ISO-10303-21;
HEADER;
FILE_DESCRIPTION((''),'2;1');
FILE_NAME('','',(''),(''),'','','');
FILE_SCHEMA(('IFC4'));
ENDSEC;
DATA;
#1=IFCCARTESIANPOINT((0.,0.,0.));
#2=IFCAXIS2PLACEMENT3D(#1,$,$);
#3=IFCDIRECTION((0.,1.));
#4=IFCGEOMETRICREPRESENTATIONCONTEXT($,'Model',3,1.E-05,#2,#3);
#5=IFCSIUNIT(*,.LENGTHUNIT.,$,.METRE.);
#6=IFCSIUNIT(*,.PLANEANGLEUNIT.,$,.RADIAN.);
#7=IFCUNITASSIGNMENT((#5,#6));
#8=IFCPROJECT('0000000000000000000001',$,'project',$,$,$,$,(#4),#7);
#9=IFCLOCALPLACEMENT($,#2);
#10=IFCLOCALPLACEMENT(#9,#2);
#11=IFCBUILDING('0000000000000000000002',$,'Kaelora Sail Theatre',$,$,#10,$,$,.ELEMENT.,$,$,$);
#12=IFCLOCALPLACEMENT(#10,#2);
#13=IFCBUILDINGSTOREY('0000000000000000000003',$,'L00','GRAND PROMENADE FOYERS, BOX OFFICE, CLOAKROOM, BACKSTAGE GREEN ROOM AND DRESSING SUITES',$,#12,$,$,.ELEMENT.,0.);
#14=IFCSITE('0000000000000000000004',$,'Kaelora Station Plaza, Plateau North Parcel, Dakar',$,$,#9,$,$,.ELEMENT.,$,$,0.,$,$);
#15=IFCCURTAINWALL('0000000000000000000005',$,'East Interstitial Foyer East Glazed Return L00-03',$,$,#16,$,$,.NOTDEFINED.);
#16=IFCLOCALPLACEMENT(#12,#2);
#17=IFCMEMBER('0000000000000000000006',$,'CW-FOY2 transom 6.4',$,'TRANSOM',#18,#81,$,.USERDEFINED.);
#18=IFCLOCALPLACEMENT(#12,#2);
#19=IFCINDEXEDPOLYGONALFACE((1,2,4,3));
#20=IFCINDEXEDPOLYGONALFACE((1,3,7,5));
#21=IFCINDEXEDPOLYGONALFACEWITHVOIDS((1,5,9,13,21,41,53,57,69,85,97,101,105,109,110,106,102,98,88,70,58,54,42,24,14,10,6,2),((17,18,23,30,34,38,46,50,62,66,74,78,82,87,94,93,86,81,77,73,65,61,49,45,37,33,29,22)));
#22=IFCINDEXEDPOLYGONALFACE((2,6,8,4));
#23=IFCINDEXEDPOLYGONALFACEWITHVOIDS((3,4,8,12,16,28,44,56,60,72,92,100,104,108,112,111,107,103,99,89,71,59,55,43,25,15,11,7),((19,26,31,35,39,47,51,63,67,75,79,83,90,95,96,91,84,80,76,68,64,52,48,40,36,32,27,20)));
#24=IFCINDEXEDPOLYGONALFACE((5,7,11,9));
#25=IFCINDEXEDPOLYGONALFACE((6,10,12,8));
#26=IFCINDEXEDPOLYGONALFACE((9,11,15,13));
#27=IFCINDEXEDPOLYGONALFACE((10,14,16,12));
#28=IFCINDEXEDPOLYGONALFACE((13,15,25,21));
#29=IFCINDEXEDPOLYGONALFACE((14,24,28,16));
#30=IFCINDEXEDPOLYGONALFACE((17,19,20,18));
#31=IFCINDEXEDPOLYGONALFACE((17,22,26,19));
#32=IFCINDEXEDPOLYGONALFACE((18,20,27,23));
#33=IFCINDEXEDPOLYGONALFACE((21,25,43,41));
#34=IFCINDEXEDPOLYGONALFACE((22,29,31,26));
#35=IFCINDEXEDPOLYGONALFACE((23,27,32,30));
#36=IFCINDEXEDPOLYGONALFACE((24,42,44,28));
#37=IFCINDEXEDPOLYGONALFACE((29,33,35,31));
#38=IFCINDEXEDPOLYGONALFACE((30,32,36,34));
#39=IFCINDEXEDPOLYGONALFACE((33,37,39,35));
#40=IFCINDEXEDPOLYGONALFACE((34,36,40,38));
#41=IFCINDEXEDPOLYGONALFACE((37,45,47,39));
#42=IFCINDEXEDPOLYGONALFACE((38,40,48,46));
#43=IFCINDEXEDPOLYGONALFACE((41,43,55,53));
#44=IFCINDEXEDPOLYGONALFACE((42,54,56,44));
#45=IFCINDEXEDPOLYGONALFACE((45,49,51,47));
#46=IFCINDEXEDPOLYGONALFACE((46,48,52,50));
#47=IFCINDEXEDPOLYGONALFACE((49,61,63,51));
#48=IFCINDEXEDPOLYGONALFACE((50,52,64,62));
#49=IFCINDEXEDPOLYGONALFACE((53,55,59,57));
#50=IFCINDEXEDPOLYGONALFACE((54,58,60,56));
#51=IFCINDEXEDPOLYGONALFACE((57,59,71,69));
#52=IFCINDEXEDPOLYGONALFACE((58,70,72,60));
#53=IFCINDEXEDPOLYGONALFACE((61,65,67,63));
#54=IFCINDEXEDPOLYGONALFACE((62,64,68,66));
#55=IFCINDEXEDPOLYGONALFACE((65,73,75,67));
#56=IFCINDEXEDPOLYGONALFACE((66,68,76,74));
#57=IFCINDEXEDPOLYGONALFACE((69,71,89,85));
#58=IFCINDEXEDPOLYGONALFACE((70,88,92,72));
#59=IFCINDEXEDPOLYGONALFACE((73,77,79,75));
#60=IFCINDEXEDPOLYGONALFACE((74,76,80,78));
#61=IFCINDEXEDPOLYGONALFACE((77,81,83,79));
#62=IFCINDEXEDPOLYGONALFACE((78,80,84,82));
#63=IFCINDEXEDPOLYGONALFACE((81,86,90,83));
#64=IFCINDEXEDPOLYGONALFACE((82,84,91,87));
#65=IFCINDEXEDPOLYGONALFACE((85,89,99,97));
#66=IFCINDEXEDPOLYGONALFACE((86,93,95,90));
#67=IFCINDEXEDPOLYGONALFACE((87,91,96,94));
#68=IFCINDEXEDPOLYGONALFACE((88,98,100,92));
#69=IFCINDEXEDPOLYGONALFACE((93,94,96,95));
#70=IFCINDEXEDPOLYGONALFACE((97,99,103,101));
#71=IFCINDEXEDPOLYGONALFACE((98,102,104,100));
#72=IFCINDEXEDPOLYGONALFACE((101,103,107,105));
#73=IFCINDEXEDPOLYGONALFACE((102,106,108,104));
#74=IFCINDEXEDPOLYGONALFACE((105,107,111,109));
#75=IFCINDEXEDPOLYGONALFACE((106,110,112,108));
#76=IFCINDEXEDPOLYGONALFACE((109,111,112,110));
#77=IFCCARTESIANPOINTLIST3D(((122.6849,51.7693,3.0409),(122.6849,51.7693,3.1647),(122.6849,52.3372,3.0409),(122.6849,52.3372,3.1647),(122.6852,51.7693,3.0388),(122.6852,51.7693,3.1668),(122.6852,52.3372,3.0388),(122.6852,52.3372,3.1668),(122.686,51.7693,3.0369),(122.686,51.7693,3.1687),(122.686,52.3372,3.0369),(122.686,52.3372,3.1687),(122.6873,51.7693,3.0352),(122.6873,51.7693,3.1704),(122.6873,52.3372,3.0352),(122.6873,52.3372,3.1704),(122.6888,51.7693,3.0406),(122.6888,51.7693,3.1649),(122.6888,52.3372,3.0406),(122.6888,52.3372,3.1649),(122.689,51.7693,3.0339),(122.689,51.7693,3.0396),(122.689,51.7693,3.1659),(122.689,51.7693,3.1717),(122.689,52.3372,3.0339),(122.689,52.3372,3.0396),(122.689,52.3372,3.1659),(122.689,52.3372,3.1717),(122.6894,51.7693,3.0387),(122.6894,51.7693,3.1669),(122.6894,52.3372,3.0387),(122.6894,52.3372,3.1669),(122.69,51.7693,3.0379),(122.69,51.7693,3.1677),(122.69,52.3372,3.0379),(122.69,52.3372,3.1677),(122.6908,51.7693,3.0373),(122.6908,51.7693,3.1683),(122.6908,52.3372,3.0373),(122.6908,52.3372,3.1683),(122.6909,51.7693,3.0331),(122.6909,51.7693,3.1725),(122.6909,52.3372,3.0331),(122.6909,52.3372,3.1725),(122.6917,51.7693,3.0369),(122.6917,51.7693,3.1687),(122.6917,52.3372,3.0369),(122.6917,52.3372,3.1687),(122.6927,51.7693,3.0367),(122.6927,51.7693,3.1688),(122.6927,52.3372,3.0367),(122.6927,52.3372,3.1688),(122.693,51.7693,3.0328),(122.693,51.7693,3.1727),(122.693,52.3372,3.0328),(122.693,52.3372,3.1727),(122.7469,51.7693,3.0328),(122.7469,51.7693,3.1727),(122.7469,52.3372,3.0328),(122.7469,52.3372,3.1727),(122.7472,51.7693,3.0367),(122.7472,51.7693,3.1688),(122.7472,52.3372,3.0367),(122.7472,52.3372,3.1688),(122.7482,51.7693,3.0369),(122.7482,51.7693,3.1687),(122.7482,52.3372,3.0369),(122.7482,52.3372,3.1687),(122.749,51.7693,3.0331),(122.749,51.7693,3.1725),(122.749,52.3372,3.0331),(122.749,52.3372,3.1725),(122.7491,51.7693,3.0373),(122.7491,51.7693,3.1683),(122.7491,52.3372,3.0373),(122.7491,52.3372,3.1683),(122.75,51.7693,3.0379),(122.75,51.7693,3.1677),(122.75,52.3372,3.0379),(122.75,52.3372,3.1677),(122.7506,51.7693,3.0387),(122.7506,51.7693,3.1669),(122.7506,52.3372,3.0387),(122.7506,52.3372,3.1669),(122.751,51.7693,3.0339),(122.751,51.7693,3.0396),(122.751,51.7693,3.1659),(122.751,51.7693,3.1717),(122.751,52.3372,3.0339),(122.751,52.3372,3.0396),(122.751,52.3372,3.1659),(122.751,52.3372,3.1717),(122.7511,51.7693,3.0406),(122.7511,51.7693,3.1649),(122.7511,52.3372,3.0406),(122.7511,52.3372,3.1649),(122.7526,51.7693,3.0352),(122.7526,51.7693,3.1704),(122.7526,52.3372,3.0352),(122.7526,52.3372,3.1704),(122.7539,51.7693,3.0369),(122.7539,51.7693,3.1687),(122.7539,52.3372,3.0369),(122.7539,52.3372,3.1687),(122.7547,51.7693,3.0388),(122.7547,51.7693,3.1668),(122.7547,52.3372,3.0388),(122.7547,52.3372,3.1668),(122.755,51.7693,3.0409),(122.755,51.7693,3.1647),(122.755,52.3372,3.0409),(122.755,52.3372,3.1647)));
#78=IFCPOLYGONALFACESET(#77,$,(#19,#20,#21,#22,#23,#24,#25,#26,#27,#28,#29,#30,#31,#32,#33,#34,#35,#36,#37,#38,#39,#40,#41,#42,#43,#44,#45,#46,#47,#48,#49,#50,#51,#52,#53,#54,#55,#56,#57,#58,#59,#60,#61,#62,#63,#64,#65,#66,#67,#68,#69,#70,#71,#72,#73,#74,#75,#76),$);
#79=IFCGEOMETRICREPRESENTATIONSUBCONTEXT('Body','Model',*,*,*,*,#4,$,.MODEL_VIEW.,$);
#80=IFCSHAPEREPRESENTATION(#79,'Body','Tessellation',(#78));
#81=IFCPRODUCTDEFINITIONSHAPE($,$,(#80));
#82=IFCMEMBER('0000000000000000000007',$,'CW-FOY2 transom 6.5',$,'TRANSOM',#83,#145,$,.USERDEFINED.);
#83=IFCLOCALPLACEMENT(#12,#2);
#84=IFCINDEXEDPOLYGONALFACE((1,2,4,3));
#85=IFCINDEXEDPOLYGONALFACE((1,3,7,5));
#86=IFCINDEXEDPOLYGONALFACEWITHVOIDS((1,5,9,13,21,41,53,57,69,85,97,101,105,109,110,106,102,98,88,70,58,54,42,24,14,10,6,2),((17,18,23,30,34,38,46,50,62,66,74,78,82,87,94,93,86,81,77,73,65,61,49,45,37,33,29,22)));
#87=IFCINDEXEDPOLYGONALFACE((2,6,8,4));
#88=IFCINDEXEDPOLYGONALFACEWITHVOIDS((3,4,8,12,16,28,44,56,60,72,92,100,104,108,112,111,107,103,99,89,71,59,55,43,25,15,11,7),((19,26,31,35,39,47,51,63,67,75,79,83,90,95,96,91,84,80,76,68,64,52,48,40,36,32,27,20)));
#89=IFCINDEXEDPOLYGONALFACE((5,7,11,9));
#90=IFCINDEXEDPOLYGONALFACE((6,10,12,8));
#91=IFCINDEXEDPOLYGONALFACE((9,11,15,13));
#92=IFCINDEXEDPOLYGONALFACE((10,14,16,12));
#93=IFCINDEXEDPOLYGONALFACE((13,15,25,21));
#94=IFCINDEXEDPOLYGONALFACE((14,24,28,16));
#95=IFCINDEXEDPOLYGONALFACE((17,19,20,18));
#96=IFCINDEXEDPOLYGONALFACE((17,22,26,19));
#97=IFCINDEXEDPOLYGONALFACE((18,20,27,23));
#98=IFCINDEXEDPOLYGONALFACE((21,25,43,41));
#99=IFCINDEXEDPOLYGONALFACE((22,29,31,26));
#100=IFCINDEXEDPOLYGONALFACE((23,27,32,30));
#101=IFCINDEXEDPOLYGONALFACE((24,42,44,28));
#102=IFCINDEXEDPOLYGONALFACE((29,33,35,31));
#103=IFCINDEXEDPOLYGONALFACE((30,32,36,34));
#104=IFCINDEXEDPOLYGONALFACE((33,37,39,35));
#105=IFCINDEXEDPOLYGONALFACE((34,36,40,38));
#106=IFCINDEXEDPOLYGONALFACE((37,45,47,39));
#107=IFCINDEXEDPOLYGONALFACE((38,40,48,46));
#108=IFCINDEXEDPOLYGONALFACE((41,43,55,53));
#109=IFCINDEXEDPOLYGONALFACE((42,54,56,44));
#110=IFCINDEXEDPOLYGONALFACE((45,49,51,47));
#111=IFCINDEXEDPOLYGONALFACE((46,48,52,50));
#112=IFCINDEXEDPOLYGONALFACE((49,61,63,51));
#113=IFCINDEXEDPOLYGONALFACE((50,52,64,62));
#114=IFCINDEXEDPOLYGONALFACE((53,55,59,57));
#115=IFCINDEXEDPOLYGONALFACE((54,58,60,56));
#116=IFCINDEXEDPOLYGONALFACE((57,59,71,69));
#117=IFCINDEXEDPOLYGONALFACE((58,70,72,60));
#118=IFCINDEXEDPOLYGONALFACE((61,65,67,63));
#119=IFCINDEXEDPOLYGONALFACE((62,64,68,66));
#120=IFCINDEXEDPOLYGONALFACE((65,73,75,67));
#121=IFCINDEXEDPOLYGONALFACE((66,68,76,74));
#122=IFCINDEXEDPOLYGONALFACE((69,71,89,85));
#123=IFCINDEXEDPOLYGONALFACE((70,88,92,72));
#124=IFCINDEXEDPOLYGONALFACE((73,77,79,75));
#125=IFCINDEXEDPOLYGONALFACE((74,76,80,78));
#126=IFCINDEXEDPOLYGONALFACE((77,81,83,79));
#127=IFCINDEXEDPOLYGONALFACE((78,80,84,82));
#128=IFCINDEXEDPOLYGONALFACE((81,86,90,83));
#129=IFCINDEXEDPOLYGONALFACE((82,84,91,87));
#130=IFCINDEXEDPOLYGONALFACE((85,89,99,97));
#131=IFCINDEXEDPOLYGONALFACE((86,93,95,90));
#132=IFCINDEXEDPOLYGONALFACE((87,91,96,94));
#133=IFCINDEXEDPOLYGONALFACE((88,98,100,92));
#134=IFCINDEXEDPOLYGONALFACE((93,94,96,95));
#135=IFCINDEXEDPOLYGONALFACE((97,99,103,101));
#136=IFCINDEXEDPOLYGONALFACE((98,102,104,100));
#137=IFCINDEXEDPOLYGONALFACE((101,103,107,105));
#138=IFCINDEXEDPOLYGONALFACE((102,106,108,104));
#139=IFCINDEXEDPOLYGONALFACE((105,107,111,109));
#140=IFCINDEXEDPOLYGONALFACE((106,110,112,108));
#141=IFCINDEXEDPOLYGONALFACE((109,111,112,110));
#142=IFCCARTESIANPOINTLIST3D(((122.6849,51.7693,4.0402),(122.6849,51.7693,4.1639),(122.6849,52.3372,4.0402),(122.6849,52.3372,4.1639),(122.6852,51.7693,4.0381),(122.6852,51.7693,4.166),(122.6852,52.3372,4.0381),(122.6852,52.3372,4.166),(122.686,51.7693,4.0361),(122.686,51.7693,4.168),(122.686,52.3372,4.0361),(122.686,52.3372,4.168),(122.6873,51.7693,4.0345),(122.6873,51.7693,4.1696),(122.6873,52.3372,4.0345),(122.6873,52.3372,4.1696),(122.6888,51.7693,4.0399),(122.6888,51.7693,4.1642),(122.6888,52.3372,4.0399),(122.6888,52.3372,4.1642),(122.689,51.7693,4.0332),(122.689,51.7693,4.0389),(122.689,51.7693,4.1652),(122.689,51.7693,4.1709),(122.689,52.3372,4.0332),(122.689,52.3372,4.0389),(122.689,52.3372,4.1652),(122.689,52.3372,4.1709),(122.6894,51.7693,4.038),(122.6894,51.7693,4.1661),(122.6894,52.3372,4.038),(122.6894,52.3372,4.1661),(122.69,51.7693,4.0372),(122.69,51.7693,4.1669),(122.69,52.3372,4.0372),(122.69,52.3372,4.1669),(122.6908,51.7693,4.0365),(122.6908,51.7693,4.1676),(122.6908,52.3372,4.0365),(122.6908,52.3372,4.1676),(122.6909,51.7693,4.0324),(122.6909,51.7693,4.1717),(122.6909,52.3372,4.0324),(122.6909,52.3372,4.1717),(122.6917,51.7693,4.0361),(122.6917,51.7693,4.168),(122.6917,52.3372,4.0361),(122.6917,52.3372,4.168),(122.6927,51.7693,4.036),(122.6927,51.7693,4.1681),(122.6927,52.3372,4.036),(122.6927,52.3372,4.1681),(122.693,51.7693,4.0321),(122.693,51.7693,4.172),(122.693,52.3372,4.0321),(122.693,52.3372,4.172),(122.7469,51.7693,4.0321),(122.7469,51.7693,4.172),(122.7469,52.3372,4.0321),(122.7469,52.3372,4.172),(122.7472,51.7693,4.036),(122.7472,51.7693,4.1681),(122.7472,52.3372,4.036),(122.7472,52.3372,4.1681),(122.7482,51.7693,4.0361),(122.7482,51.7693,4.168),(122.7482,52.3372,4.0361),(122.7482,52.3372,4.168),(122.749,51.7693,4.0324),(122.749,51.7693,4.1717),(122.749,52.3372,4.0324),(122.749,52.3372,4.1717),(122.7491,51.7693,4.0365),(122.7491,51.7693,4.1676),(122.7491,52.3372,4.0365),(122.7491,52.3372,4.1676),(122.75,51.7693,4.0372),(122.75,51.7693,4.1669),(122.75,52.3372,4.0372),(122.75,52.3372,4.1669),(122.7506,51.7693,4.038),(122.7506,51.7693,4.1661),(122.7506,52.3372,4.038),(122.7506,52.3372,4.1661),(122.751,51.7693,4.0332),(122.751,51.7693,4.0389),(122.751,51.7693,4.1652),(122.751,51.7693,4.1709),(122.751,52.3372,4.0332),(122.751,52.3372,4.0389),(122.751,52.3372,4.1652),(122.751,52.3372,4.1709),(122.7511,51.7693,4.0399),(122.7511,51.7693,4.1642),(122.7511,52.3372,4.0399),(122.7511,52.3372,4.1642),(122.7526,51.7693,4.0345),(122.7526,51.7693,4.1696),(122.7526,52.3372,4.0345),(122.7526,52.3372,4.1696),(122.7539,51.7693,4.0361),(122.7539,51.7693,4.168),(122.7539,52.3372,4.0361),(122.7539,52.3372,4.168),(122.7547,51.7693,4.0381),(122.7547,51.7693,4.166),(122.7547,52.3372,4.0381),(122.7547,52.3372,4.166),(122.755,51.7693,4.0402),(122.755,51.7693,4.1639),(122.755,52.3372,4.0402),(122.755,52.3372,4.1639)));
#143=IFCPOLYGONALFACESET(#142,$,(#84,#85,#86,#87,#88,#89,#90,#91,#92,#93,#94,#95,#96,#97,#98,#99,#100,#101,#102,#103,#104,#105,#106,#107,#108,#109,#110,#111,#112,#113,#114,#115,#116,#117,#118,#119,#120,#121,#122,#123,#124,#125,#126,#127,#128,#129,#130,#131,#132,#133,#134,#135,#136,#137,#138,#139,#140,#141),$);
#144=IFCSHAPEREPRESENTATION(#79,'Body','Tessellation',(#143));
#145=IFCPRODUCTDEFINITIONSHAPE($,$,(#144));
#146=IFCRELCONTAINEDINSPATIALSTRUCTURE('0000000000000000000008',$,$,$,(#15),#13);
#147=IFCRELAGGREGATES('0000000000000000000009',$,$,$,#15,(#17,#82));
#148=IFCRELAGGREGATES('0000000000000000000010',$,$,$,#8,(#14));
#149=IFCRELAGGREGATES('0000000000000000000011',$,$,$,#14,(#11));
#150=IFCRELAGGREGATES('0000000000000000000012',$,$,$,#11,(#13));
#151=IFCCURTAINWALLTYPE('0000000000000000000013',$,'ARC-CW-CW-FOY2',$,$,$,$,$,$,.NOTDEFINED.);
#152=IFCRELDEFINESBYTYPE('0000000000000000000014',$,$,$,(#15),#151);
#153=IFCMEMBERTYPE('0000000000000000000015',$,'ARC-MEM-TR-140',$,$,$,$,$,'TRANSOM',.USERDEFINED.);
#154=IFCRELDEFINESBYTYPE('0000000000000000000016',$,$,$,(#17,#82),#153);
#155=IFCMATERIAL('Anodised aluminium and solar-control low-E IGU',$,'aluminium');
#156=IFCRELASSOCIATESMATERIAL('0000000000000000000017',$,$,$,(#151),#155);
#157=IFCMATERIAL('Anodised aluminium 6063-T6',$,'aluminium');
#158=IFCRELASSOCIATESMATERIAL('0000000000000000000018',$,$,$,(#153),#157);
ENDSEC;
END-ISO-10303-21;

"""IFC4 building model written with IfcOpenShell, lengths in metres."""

from ifc_helpers import new_model, si_unit, direction, frame, origin, origin_2d, place, context, subcontext, project, spatial, hollow_rectangle, extrude, material, material_profile, profile_set, type_object, element, aggregate, save


model = new_model("IFC4")

# Units and contexts
model_context = context("Model", 3, precision=1e-05, world=origin(), true_north=direction((0.0, 1.0)))
body_context = subcontext(model_context, "Body", "Model", "MODEL_VIEW")
ifc_project = project(units=[si_unit("LENGTHUNIT", "METRE"), si_unit("PLANEANGLEUNIT", "RADIAN")], contexts=[model_context])

# Site, building, storey
site_placement = place(None, origin())
site = spatial("IfcSite", under=ifc_project, at=site_placement, Name="Kaelora Station Plaza, Plateau North Parcel, Dakar", CompositionType="ELEMENT", RefElevation=0.0)
building_placement = place(site_placement, origin())
building = spatial("IfcBuilding", under=site, at=building_placement, Name="Kaelora Sail Theatre", CompositionType="ELEMENT")
storey_placement = place(building_placement, origin())
storey = spatial("IfcBuildingStorey", under=building, at=storey_placement, Name="L00", Description="GRAND PROMENADE FOYERS, BOX OFFICE, CLOAKROOM, BACKSTAGE GREEN ROOM AND DRESSING SUITES", CompositionType="ELEMENT", Elevation=0.0)

# Curtain wall, members
ifc_material_1 = material(Name="Anodised aluminium and solar-control low-E IGU", Category="aluminium")
curtain_wall_type = type_object("IfcCurtainWallType", Name="ARC-CW-CW-FOY2", PredefinedType="NOTDEFINED", material=ifc_material_1)
curtain_wall_placement = place(storey_placement, origin())
curtain_wall = element("IfcCurtainWall", 1, at=curtain_wall_placement, inside=storey, type_object=curtain_wall_type, Name="East Interstitial Foyer East Glazed Return L00-03", PredefinedType="NOTDEFINED")
ifc_material_2 = material(Name="Anodised aluminium 6063-T6", Category="aluminium")
ifc_material_profile_1 = material_profile(ifc_material_2, hollow_rectangle(XDim=0.0701, YDim=0.1399, WallThickness=0.0039, InnerFilletRadius=0.0039, OuterFilletRadius=0.0081, at=origin_2d()), Name="ALU-TRAN 70x140x4")
ifc_profile_set_1 = profile_set([ifc_material_profile_1], Name="Anodised aluminium 6063-T6")
member_type_1 = type_object("IfcMemberType", Name="ARC-MEM-TR-140", ElementType="TRANSOM", PredefinedType="USERDEFINED", material=ifc_profile_set_1)
member_1_placement = place(storey_placement, frame((122.72, 51.7693, 3.1028), z_axis=(0.0, 1.0, 0.0), x_axis=(-1.0, 0.0, 0.0)))
member_1 = element("IfcMember", 2, at=member_1_placement, type_object=member_type_1, Name="CW-FOY2 transom 6.4", ObjectType="TRANSOM", PredefinedType="USERDEFINED", context=body_context, shape_type="SweptSolid", body=[
    extrude(hollow_rectangle(XDim=0.0701, YDim=0.1399, WallThickness=0.0039, InnerFilletRadius=0.0039, OuterFilletRadius=0.0081, at=origin_2d()), origin(), (0.0, 0.0, 1.0), 0.5679),
])
member_2_placement = place(storey_placement, frame((122.72, 51.7693, 4.1021), z_axis=(0.0, 1.0, 0.0), x_axis=(-1.0, 0.0, 0.0)))
member_2 = element("IfcMember", 3, at=member_2_placement, type_object=member_type_1, Name="CW-FOY2 transom 6.5", ObjectType="TRANSOM", PredefinedType="USERDEFINED", context=body_context, shape_type="SweptSolid", body=[
    extrude(hollow_rectangle(XDim=0.0701, YDim=0.1399, WallThickness=0.0039, InnerFilletRadius=0.0039, OuterFilletRadius=0.0081, at=origin_2d()), origin(), (0.0, 0.0, 1.0), 0.5679),
])
aggregate(curtain_wall, [member_1, member_2])

save(model, "model.ifc")
